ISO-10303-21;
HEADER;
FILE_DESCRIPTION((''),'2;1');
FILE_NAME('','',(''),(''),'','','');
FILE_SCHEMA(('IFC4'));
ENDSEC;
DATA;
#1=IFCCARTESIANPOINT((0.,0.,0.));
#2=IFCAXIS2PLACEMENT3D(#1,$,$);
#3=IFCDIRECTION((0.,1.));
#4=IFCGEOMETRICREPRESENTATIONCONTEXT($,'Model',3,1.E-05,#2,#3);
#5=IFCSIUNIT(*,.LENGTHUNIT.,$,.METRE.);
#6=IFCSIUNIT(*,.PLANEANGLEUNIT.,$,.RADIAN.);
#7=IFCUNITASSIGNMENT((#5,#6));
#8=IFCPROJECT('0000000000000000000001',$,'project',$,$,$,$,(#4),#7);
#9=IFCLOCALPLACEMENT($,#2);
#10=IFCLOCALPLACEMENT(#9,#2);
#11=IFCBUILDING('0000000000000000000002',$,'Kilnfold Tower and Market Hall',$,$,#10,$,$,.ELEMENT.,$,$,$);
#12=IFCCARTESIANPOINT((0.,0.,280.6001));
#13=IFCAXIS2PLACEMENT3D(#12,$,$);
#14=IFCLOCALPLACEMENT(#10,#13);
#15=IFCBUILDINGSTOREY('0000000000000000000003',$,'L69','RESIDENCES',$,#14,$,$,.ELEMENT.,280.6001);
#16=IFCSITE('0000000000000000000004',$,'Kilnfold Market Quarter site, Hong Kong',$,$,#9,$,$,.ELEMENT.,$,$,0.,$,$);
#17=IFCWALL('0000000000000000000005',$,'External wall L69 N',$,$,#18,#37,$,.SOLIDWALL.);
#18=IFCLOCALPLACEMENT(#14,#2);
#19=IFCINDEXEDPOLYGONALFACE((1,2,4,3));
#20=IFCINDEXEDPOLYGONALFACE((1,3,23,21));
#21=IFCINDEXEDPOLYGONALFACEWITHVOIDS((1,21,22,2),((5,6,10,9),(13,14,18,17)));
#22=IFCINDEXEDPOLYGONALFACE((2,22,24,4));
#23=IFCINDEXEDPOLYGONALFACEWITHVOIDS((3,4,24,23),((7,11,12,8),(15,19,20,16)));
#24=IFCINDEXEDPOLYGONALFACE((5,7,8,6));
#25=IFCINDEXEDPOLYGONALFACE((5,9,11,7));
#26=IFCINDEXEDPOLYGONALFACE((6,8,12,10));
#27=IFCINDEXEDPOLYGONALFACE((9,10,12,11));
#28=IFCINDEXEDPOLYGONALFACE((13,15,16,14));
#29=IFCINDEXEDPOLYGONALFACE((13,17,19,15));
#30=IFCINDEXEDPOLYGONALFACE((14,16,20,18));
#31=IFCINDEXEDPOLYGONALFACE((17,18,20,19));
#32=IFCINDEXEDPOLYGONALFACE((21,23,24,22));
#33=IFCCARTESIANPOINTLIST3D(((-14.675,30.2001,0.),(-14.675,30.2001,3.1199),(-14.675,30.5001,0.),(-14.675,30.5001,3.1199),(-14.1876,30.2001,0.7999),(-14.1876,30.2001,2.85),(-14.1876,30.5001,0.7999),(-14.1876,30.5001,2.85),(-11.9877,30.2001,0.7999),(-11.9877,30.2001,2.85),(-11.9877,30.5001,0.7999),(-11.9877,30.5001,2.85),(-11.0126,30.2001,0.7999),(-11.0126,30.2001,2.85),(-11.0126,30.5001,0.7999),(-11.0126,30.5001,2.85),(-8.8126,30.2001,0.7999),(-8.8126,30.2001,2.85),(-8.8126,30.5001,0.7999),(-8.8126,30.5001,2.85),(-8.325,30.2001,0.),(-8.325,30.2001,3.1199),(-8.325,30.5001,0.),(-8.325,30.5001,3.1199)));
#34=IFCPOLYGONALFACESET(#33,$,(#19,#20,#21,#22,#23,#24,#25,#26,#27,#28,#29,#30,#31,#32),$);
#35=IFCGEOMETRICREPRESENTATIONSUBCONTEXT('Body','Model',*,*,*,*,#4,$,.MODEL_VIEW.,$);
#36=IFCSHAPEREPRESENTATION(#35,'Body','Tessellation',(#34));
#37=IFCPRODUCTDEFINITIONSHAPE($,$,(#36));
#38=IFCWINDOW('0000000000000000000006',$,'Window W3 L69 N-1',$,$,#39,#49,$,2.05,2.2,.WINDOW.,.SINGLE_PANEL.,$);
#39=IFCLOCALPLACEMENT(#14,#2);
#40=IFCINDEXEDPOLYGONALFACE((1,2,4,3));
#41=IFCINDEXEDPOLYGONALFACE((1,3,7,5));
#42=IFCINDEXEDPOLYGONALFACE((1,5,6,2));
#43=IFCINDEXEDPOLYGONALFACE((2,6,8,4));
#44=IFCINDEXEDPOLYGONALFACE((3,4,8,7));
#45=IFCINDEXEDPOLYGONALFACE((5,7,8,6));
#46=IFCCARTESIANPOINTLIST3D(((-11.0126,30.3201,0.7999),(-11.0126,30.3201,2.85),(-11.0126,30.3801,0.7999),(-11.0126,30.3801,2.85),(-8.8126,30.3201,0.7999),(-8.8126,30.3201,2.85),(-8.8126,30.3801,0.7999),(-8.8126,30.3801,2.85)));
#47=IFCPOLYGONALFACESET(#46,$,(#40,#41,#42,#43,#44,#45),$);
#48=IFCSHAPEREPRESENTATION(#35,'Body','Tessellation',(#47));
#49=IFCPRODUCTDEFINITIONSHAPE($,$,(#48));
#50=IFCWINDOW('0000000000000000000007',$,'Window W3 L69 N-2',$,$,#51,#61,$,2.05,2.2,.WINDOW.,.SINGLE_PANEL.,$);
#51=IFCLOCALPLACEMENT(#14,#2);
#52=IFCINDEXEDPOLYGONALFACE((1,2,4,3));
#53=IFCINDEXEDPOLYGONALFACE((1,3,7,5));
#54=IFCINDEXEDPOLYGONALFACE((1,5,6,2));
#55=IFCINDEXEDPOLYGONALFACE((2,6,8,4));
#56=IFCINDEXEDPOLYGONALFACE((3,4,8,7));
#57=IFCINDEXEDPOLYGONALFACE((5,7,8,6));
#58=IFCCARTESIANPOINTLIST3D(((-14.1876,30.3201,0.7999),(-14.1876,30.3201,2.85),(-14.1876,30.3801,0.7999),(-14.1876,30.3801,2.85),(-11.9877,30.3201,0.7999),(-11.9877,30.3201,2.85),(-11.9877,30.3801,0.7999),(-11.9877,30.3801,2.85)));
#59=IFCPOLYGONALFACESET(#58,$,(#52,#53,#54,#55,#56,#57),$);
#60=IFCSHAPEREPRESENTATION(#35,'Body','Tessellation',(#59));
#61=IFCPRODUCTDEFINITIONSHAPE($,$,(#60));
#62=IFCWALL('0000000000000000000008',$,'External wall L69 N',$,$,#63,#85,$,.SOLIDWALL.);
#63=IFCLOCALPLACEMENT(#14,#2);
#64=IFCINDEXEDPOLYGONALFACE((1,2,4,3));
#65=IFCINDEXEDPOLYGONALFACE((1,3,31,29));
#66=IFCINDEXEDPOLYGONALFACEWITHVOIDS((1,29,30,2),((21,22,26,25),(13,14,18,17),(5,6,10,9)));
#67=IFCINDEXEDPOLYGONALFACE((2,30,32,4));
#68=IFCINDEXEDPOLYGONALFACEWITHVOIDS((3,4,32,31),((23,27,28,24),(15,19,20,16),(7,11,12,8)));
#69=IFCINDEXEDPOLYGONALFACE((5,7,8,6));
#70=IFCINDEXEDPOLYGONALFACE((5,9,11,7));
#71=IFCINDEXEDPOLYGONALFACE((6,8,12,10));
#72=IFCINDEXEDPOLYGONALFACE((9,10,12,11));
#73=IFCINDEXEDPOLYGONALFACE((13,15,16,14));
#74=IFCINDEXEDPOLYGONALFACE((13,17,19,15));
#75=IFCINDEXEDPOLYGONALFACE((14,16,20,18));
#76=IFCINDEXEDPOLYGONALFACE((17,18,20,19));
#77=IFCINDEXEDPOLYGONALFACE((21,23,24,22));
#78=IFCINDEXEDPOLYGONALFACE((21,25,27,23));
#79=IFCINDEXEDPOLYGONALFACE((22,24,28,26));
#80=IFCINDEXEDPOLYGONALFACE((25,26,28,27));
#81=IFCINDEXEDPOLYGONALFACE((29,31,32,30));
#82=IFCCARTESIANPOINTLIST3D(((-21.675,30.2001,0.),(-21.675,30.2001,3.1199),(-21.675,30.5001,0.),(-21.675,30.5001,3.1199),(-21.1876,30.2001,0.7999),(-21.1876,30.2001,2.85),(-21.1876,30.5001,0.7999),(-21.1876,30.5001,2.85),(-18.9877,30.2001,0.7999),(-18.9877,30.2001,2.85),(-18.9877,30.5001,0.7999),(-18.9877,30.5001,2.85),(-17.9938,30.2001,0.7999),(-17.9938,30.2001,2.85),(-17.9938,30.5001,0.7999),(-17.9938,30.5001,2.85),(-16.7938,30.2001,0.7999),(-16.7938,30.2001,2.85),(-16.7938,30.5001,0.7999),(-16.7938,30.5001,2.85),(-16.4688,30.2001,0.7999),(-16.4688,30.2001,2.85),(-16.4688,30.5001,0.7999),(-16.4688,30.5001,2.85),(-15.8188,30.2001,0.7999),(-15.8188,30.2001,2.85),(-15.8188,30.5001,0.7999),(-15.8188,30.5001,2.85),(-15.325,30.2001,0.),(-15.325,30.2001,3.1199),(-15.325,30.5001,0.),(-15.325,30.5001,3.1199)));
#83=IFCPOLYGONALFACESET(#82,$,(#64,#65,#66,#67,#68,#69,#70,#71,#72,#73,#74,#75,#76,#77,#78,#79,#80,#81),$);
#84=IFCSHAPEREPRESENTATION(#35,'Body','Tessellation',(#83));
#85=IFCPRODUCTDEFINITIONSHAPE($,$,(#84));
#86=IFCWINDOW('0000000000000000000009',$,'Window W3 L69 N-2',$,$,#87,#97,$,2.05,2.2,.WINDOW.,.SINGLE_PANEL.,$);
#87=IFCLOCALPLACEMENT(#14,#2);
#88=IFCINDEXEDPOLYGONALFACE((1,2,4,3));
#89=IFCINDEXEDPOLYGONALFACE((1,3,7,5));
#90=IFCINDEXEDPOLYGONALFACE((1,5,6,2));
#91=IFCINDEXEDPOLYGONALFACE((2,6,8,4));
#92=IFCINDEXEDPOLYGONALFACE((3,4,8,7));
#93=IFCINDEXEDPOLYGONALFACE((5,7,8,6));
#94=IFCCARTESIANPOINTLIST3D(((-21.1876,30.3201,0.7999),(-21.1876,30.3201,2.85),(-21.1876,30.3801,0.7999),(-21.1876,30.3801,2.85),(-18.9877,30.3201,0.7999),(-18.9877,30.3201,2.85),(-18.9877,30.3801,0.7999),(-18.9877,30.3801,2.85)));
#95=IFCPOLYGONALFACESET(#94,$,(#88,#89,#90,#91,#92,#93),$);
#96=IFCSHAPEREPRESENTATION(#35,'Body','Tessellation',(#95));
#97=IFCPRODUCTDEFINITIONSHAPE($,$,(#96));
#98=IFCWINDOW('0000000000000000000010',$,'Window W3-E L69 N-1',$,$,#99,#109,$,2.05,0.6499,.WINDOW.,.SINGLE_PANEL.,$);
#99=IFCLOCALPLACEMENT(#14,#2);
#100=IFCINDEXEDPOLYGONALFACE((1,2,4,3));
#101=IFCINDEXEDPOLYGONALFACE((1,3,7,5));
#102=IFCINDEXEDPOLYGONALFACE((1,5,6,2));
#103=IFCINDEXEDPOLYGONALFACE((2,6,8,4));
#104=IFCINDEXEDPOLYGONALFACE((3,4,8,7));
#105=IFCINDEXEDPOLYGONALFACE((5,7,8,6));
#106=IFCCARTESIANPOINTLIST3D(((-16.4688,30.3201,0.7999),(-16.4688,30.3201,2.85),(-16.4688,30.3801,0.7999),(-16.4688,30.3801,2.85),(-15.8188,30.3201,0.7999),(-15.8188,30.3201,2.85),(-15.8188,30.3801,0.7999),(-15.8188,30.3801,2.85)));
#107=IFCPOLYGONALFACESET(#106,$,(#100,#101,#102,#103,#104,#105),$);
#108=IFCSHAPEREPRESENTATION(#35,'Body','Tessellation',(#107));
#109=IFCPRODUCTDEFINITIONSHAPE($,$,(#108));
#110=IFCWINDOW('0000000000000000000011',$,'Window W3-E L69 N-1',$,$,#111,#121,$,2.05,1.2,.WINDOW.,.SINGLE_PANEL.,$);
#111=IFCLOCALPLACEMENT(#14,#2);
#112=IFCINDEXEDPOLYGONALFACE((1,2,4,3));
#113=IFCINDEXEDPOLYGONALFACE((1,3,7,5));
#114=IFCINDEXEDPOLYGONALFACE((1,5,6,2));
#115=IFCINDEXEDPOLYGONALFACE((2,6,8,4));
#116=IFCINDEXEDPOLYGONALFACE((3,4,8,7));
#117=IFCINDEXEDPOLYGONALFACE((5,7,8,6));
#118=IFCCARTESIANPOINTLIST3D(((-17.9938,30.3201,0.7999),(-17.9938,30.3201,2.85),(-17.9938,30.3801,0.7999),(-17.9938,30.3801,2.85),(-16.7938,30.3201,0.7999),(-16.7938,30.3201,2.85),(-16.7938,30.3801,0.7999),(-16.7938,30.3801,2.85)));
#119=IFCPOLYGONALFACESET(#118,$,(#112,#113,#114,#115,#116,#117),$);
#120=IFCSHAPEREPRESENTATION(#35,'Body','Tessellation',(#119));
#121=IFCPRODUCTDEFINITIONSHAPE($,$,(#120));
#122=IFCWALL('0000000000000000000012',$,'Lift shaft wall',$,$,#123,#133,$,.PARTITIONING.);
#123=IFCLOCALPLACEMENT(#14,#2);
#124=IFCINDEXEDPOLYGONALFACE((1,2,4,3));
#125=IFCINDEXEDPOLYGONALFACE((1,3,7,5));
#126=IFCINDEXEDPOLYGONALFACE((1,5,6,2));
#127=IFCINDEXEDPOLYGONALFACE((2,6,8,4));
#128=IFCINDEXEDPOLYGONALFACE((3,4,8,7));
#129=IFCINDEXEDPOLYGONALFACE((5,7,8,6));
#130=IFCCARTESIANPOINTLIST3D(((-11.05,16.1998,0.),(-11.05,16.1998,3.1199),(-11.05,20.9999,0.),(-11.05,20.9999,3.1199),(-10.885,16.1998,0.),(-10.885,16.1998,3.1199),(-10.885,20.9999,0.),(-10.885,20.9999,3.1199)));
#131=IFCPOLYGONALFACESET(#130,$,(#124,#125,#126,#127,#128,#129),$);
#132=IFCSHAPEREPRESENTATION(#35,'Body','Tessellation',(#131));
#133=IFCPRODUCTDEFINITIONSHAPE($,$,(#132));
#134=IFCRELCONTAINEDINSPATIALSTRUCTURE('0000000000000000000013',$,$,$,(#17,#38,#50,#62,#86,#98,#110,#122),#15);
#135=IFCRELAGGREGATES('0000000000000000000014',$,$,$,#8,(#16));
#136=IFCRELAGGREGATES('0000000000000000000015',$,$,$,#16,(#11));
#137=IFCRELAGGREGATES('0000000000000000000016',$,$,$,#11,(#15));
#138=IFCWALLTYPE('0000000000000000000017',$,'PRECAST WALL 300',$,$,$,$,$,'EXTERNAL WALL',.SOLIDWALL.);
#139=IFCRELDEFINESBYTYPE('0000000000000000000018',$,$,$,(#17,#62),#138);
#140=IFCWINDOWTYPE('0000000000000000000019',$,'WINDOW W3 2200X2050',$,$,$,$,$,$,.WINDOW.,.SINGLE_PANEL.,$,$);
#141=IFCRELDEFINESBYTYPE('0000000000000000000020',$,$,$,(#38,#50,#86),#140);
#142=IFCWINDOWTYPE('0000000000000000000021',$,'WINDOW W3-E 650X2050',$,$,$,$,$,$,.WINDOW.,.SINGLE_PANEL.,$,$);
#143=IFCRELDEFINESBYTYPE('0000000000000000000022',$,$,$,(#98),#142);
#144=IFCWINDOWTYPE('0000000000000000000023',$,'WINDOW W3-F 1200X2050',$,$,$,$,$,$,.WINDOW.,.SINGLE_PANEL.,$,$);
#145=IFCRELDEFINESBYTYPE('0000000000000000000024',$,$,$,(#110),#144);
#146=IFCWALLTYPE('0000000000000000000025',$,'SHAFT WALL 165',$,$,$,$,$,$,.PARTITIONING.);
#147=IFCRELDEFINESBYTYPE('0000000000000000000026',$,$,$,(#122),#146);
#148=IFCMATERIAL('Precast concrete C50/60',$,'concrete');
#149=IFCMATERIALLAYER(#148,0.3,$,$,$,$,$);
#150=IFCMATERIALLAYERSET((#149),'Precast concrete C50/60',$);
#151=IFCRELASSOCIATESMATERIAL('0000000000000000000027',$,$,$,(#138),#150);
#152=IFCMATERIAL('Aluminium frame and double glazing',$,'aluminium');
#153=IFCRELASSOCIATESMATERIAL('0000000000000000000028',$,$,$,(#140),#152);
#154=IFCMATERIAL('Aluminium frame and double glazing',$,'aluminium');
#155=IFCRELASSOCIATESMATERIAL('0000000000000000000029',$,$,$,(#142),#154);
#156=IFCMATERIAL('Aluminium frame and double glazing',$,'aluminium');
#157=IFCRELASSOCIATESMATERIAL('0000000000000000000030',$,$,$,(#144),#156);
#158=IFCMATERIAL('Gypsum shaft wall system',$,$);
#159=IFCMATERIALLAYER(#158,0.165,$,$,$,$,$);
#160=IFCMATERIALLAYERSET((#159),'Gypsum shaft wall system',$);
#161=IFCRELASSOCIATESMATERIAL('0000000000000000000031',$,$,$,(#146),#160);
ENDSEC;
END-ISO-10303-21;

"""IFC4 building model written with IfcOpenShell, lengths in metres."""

from ifc_helpers import new_model, si_unit, direction, frame, frame_2d, origin, place, context, subcontext, project, spatial, rectangle, extrude, source, transform, mapped, material, layer, layer_set, type_object, element, fill, save


model = new_model("IFC4")

# Units and contexts
model_context = context("Model", 3, precision=1e-05, world=origin(), true_north=direction((0.0, 1.0)))
body_context = subcontext(model_context, "Body", "Model", "MODEL_VIEW")
ifc_project = project(units=[si_unit("LENGTHUNIT", "METRE"), si_unit("PLANEANGLEUNIT", "RADIAN")], contexts=[model_context])

# Site, building, storey
site_placement = place(None, origin())
site = spatial("IfcSite", under=ifc_project, at=site_placement, Name="Kilnfold Market Quarter site, Hong Kong", CompositionType="ELEMENT", RefElevation=0.0)
building_placement = place(site_placement, origin())
building = spatial("IfcBuilding", under=site, at=building_placement, Name="Kilnfold Tower and Market Hall", CompositionType="ELEMENT")
storey_placement = place(building_placement, frame((0.0, 0.0, 280.6001)))
storey = spatial("IfcBuildingStorey", under=building, at=storey_placement, Name="L69", Description="RESIDENCES", CompositionType="ELEMENT", Elevation=280.6001)

# Walls, openings, windows
ifc_material_1 = material(Name="Precast concrete C50/60", Category="concrete")
ifc_layer_1 = layer(ifc_material_1, 0.3)
ifc_layer_set_1 = layer_set([ifc_layer_1], Name="Precast concrete C50/60")
wall_type_1 = type_object("IfcWallType", Name="PRECAST WALL 300", ElementType="EXTERNAL WALL", PredefinedType="SOLIDWALL", material=ifc_layer_set_1)
shared_shape_1 = source(origin(), body_context, "Body", "SweptSolid", [
    extrude(rectangle(XDim=6.3501, YDim=0.3, at=frame_2d((3.175, 0.0))), origin(), (0.0, 0.0, 1.0), 3.1199),
])
wall_1_placement = place(storey_placement, frame((-8.325, 30.3501, 0.0), z_axis=(0.0, 0.0, 1.0), x_axis=(-1.0, 0.0, 0.0)))
wall_1 = element("IfcWall", 1, at=wall_1_placement, inside=storey, type_object=wall_type_1, Name="External wall L69 N", PredefinedType="SOLIDWALL", context=body_context, shape_type="MappedRepresentation", body=[
    mapped(shared_shape_1, transform((0.0, 0.0, 0.0))),
])
opening_1_placement = place(wall_1_placement, frame((0.4875, 0.0, 0.8)))
opening_1 = element("IfcOpeningElement", 2, at=opening_1_placement, cuts=wall_1, PredefinedType="OPENING", context=body_context, shape_type="SweptSolid", body=[
    extrude(rectangle(XDim=2.2, YDim=2.05, at=frame_2d((1.1001, 1.0249))), frame((0.0, 0.1602, 0.0), z_axis=(0.0, -1.0, 0.0), x_axis=(1.0, 0.0, 0.0)), (0.0, 0.0, 1.0), 0.3201),
])
opening_2_placement = place(wall_1_placement, frame((3.6626, 0.0, 0.8)))
opening_2 = element("IfcOpeningElement", 3, at=opening_2_placement, cuts=wall_1, PredefinedType="OPENING", context=body_context, shape_type="SweptSolid", body=[
    extrude(rectangle(XDim=2.2, YDim=2.05, at=frame_2d((1.1001, 1.0249))), frame((0.0, 0.1602, 0.0), z_axis=(0.0, -1.0, 0.0), x_axis=(1.0, 0.0, 0.0)), (0.0, 0.0, 1.0), 0.3201),
])
ifc_material_2 = material(Name="Aluminium frame and double glazing", Category="aluminium")
window_type_1 = type_object("IfcWindowType", Name="WINDOW W3 2200X2050", PartitioningType="SINGLE_PANEL", PredefinedType="WINDOW", material=ifc_material_2)
window_1_placement = place(opening_1_placement, origin())
window_1 = element("IfcWindow", 4, at=window_1_placement, inside=storey, type_object=window_type_1, Name="Window W3 L69 N-1", OverallHeight=2.05, OverallWidth=2.2, PartitioningType="SINGLE_PANEL", PredefinedType="WINDOW", context=body_context, shape_type="SweptSolid", body=[
    extrude(rectangle(XDim=2.2, YDim=2.05, at=frame_2d((1.1001, 1.0249))), frame((0.0, 0.03, 0.0), z_axis=(0.0, -1.0, 0.0), x_axis=(1.0, 0.0, 0.0)), (0.0, 0.0, 1.0), 0.0601),
])
fill(opening_1, window_1)
window_2_placement = place(opening_2_placement, origin())
window_2 = element("IfcWindow", 5, at=window_2_placement, inside=storey, type_object=window_type_1, Name="Window W3 L69 N-2", OverallHeight=2.05, OverallWidth=2.2, PartitioningType="SINGLE_PANEL", PredefinedType="WINDOW", context=body_context, shape_type="SweptSolid", body=[
    extrude(rectangle(XDim=2.2, YDim=2.05, at=frame_2d((1.1001, 1.0249))), frame((0.0, 0.03, 0.0), z_axis=(0.0, -1.0, 0.0), x_axis=(1.0, 0.0, 0.0)), (0.0, 0.0, 1.0), 0.0601),
])
fill(opening_2, window_2)
wall_2_placement = place(storey_placement, frame((-15.325, 30.3501, 0.0), z_axis=(0.0, 0.0, 1.0), x_axis=(-1.0, 0.0, 0.0)))
wall_2 = element("IfcWall", 6, at=wall_2_placement, inside=storey, type_object=wall_type_1, Name="External wall L69 N", PredefinedType="SOLIDWALL", context=body_context, shape_type="MappedRepresentation", body=[
    mapped(shared_shape_1, transform((0.0, 0.0, 0.0))),
])
opening_3_placement = place(wall_2_placement, frame((0.4939, 0.0, 0.8)))
opening_3 = element("IfcOpeningElement", 7, at=opening_3_placement, cuts=wall_2, PredefinedType="OPENING", context=body_context, shape_type="SweptSolid", body=[
    extrude(rectangle(XDim=0.6499, YDim=2.05, at=frame_2d((0.325, 1.0249))), frame((0.0, 0.1602, 0.0), z_axis=(0.0, -1.0, 0.0), x_axis=(1.0, 0.0, 0.0)), (0.0, 0.0, 1.0), 0.3201),
])
opening_4_placement = place(wall_2_placement, frame((3.6626, 0.0, 0.8)))
opening_4 = element("IfcOpeningElement", 8, at=opening_4_placement, cuts=wall_2, PredefinedType="OPENING", context=body_context, shape_type="SweptSolid", body=[
    extrude(rectangle(XDim=2.2, YDim=2.05, at=frame_2d((1.1001, 1.0249))), frame((0.0, 0.1602, 0.0), z_axis=(0.0, -1.0, 0.0), x_axis=(1.0, 0.0, 0.0)), (0.0, 0.0, 1.0), 0.3201),
])
opening_5_placement = place(wall_2_placement, frame((1.4688, 0.0, 0.8)))
opening_5 = element("IfcOpeningElement", 9, at=opening_5_placement, cuts=wall_2, PredefinedType="OPENING", context=body_context, shape_type="SweptSolid", body=[
    extrude(rectangle(XDim=1.2, YDim=2.05, at=frame_2d((0.6001, 1.0249))), frame((0.0, 0.1602, 0.0), z_axis=(0.0, -1.0, 0.0), x_axis=(1.0, 0.0, 0.0)), (0.0, 0.0, 1.0), 0.3201),
])
window_3_placement = place(opening_4_placement, origin())
window_3 = element("IfcWindow", 10, at=window_3_placement, inside=storey, type_object=window_type_1, Name="Window W3 L69 N-2", OverallHeight=2.05, OverallWidth=2.2, PartitioningType="SINGLE_PANEL", PredefinedType="WINDOW", context=body_context, shape_type="SweptSolid", body=[
    extrude(rectangle(XDim=2.2, YDim=2.05, at=frame_2d((1.1001, 1.0249))), frame((0.0, 0.03, 0.0), z_axis=(0.0, -1.0, 0.0), x_axis=(1.0, 0.0, 0.0)), (0.0, 0.0, 1.0), 0.0601),
])
fill(opening_4, window_3)
ifc_material_3 = material(Name="Aluminium frame and double glazing", Category="aluminium")
window_type_2 = type_object("IfcWindowType", Name="WINDOW W3-E 650X2050", PartitioningType="SINGLE_PANEL", PredefinedType="WINDOW", material=ifc_material_3)
window_4_placement = place(opening_3_placement, origin())
window_4 = element("IfcWindow", 11, at=window_4_placement, inside=storey, type_object=window_type_2, Name="Window W3-E L69 N-1", OverallHeight=2.05, OverallWidth=0.6499, PartitioningType="SINGLE_PANEL", PredefinedType="WINDOW", context=body_context, shape_type="SweptSolid", body=[
    extrude(rectangle(XDim=0.6499, YDim=2.05, at=frame_2d((0.325, 1.0249))), frame((0.0, 0.03, 0.0), z_axis=(0.0, -1.0, 0.0), x_axis=(1.0, 0.0, 0.0)), (0.0, 0.0, 1.0), 0.0601),
])
fill(opening_3, window_4)
ifc_material_4 = material(Name="Aluminium frame and double glazing", Category="aluminium")
window_type_3 = type_object("IfcWindowType", Name="WINDOW W3-F 1200X2050", PartitioningType="SINGLE_PANEL", PredefinedType="WINDOW", material=ifc_material_4)
window_5_placement = place(opening_5_placement, origin())
window_5 = element("IfcWindow", 12, at=window_5_placement, inside=storey, type_object=window_type_3, Name="Window W3-E L69 N-1", OverallHeight=2.05, OverallWidth=1.2, PartitioningType="SINGLE_PANEL", PredefinedType="WINDOW", context=body_context, shape_type="SweptSolid", body=[
    extrude(rectangle(XDim=1.2, YDim=2.05, at=frame_2d((0.6001, 1.0249))), frame((0.0, 0.03, 0.0), z_axis=(0.0, -1.0, 0.0), x_axis=(1.0, 0.0, 0.0)), (0.0, 0.0, 1.0), 0.0601),
])
fill(opening_5, window_5)

# Wall
ifc_material_5 = material(Name="Gypsum shaft wall system")
ifc_layer_2 = layer(ifc_material_5, 0.165)
ifc_layer_set_2 = layer_set([ifc_layer_2], Name="Gypsum shaft wall system")
wall_type_2 = type_object("IfcWallType", Name="SHAFT WALL 165", PredefinedType="PARTITIONING", material=ifc_layer_set_2)
shared_shape_2 = source(origin(), body_context, "Body", "SweptSolid", [
    extrude(rectangle(XDim=4.8, YDim=0.165, at=frame_2d((2.3999, 0.0))), origin(), (0.0, 0.0, 1.0), 3.1199),
])
wall_3_placement = place(storey_placement, frame((-10.9675, 16.2, 0.0), z_axis=(0.0, 0.0, 1.0), x_axis=(0.0, 1.0, 0.0)))
element("IfcWall", 13, at=wall_3_placement, inside=storey, type_object=wall_type_2, Name="Lift shaft wall", PredefinedType="PARTITIONING", context=body_context, shape_type="MappedRepresentation", body=[
    mapped(shared_shape_2, transform((0.0, 0.0, 0.0))),
])

save(model, "model.ifc")
